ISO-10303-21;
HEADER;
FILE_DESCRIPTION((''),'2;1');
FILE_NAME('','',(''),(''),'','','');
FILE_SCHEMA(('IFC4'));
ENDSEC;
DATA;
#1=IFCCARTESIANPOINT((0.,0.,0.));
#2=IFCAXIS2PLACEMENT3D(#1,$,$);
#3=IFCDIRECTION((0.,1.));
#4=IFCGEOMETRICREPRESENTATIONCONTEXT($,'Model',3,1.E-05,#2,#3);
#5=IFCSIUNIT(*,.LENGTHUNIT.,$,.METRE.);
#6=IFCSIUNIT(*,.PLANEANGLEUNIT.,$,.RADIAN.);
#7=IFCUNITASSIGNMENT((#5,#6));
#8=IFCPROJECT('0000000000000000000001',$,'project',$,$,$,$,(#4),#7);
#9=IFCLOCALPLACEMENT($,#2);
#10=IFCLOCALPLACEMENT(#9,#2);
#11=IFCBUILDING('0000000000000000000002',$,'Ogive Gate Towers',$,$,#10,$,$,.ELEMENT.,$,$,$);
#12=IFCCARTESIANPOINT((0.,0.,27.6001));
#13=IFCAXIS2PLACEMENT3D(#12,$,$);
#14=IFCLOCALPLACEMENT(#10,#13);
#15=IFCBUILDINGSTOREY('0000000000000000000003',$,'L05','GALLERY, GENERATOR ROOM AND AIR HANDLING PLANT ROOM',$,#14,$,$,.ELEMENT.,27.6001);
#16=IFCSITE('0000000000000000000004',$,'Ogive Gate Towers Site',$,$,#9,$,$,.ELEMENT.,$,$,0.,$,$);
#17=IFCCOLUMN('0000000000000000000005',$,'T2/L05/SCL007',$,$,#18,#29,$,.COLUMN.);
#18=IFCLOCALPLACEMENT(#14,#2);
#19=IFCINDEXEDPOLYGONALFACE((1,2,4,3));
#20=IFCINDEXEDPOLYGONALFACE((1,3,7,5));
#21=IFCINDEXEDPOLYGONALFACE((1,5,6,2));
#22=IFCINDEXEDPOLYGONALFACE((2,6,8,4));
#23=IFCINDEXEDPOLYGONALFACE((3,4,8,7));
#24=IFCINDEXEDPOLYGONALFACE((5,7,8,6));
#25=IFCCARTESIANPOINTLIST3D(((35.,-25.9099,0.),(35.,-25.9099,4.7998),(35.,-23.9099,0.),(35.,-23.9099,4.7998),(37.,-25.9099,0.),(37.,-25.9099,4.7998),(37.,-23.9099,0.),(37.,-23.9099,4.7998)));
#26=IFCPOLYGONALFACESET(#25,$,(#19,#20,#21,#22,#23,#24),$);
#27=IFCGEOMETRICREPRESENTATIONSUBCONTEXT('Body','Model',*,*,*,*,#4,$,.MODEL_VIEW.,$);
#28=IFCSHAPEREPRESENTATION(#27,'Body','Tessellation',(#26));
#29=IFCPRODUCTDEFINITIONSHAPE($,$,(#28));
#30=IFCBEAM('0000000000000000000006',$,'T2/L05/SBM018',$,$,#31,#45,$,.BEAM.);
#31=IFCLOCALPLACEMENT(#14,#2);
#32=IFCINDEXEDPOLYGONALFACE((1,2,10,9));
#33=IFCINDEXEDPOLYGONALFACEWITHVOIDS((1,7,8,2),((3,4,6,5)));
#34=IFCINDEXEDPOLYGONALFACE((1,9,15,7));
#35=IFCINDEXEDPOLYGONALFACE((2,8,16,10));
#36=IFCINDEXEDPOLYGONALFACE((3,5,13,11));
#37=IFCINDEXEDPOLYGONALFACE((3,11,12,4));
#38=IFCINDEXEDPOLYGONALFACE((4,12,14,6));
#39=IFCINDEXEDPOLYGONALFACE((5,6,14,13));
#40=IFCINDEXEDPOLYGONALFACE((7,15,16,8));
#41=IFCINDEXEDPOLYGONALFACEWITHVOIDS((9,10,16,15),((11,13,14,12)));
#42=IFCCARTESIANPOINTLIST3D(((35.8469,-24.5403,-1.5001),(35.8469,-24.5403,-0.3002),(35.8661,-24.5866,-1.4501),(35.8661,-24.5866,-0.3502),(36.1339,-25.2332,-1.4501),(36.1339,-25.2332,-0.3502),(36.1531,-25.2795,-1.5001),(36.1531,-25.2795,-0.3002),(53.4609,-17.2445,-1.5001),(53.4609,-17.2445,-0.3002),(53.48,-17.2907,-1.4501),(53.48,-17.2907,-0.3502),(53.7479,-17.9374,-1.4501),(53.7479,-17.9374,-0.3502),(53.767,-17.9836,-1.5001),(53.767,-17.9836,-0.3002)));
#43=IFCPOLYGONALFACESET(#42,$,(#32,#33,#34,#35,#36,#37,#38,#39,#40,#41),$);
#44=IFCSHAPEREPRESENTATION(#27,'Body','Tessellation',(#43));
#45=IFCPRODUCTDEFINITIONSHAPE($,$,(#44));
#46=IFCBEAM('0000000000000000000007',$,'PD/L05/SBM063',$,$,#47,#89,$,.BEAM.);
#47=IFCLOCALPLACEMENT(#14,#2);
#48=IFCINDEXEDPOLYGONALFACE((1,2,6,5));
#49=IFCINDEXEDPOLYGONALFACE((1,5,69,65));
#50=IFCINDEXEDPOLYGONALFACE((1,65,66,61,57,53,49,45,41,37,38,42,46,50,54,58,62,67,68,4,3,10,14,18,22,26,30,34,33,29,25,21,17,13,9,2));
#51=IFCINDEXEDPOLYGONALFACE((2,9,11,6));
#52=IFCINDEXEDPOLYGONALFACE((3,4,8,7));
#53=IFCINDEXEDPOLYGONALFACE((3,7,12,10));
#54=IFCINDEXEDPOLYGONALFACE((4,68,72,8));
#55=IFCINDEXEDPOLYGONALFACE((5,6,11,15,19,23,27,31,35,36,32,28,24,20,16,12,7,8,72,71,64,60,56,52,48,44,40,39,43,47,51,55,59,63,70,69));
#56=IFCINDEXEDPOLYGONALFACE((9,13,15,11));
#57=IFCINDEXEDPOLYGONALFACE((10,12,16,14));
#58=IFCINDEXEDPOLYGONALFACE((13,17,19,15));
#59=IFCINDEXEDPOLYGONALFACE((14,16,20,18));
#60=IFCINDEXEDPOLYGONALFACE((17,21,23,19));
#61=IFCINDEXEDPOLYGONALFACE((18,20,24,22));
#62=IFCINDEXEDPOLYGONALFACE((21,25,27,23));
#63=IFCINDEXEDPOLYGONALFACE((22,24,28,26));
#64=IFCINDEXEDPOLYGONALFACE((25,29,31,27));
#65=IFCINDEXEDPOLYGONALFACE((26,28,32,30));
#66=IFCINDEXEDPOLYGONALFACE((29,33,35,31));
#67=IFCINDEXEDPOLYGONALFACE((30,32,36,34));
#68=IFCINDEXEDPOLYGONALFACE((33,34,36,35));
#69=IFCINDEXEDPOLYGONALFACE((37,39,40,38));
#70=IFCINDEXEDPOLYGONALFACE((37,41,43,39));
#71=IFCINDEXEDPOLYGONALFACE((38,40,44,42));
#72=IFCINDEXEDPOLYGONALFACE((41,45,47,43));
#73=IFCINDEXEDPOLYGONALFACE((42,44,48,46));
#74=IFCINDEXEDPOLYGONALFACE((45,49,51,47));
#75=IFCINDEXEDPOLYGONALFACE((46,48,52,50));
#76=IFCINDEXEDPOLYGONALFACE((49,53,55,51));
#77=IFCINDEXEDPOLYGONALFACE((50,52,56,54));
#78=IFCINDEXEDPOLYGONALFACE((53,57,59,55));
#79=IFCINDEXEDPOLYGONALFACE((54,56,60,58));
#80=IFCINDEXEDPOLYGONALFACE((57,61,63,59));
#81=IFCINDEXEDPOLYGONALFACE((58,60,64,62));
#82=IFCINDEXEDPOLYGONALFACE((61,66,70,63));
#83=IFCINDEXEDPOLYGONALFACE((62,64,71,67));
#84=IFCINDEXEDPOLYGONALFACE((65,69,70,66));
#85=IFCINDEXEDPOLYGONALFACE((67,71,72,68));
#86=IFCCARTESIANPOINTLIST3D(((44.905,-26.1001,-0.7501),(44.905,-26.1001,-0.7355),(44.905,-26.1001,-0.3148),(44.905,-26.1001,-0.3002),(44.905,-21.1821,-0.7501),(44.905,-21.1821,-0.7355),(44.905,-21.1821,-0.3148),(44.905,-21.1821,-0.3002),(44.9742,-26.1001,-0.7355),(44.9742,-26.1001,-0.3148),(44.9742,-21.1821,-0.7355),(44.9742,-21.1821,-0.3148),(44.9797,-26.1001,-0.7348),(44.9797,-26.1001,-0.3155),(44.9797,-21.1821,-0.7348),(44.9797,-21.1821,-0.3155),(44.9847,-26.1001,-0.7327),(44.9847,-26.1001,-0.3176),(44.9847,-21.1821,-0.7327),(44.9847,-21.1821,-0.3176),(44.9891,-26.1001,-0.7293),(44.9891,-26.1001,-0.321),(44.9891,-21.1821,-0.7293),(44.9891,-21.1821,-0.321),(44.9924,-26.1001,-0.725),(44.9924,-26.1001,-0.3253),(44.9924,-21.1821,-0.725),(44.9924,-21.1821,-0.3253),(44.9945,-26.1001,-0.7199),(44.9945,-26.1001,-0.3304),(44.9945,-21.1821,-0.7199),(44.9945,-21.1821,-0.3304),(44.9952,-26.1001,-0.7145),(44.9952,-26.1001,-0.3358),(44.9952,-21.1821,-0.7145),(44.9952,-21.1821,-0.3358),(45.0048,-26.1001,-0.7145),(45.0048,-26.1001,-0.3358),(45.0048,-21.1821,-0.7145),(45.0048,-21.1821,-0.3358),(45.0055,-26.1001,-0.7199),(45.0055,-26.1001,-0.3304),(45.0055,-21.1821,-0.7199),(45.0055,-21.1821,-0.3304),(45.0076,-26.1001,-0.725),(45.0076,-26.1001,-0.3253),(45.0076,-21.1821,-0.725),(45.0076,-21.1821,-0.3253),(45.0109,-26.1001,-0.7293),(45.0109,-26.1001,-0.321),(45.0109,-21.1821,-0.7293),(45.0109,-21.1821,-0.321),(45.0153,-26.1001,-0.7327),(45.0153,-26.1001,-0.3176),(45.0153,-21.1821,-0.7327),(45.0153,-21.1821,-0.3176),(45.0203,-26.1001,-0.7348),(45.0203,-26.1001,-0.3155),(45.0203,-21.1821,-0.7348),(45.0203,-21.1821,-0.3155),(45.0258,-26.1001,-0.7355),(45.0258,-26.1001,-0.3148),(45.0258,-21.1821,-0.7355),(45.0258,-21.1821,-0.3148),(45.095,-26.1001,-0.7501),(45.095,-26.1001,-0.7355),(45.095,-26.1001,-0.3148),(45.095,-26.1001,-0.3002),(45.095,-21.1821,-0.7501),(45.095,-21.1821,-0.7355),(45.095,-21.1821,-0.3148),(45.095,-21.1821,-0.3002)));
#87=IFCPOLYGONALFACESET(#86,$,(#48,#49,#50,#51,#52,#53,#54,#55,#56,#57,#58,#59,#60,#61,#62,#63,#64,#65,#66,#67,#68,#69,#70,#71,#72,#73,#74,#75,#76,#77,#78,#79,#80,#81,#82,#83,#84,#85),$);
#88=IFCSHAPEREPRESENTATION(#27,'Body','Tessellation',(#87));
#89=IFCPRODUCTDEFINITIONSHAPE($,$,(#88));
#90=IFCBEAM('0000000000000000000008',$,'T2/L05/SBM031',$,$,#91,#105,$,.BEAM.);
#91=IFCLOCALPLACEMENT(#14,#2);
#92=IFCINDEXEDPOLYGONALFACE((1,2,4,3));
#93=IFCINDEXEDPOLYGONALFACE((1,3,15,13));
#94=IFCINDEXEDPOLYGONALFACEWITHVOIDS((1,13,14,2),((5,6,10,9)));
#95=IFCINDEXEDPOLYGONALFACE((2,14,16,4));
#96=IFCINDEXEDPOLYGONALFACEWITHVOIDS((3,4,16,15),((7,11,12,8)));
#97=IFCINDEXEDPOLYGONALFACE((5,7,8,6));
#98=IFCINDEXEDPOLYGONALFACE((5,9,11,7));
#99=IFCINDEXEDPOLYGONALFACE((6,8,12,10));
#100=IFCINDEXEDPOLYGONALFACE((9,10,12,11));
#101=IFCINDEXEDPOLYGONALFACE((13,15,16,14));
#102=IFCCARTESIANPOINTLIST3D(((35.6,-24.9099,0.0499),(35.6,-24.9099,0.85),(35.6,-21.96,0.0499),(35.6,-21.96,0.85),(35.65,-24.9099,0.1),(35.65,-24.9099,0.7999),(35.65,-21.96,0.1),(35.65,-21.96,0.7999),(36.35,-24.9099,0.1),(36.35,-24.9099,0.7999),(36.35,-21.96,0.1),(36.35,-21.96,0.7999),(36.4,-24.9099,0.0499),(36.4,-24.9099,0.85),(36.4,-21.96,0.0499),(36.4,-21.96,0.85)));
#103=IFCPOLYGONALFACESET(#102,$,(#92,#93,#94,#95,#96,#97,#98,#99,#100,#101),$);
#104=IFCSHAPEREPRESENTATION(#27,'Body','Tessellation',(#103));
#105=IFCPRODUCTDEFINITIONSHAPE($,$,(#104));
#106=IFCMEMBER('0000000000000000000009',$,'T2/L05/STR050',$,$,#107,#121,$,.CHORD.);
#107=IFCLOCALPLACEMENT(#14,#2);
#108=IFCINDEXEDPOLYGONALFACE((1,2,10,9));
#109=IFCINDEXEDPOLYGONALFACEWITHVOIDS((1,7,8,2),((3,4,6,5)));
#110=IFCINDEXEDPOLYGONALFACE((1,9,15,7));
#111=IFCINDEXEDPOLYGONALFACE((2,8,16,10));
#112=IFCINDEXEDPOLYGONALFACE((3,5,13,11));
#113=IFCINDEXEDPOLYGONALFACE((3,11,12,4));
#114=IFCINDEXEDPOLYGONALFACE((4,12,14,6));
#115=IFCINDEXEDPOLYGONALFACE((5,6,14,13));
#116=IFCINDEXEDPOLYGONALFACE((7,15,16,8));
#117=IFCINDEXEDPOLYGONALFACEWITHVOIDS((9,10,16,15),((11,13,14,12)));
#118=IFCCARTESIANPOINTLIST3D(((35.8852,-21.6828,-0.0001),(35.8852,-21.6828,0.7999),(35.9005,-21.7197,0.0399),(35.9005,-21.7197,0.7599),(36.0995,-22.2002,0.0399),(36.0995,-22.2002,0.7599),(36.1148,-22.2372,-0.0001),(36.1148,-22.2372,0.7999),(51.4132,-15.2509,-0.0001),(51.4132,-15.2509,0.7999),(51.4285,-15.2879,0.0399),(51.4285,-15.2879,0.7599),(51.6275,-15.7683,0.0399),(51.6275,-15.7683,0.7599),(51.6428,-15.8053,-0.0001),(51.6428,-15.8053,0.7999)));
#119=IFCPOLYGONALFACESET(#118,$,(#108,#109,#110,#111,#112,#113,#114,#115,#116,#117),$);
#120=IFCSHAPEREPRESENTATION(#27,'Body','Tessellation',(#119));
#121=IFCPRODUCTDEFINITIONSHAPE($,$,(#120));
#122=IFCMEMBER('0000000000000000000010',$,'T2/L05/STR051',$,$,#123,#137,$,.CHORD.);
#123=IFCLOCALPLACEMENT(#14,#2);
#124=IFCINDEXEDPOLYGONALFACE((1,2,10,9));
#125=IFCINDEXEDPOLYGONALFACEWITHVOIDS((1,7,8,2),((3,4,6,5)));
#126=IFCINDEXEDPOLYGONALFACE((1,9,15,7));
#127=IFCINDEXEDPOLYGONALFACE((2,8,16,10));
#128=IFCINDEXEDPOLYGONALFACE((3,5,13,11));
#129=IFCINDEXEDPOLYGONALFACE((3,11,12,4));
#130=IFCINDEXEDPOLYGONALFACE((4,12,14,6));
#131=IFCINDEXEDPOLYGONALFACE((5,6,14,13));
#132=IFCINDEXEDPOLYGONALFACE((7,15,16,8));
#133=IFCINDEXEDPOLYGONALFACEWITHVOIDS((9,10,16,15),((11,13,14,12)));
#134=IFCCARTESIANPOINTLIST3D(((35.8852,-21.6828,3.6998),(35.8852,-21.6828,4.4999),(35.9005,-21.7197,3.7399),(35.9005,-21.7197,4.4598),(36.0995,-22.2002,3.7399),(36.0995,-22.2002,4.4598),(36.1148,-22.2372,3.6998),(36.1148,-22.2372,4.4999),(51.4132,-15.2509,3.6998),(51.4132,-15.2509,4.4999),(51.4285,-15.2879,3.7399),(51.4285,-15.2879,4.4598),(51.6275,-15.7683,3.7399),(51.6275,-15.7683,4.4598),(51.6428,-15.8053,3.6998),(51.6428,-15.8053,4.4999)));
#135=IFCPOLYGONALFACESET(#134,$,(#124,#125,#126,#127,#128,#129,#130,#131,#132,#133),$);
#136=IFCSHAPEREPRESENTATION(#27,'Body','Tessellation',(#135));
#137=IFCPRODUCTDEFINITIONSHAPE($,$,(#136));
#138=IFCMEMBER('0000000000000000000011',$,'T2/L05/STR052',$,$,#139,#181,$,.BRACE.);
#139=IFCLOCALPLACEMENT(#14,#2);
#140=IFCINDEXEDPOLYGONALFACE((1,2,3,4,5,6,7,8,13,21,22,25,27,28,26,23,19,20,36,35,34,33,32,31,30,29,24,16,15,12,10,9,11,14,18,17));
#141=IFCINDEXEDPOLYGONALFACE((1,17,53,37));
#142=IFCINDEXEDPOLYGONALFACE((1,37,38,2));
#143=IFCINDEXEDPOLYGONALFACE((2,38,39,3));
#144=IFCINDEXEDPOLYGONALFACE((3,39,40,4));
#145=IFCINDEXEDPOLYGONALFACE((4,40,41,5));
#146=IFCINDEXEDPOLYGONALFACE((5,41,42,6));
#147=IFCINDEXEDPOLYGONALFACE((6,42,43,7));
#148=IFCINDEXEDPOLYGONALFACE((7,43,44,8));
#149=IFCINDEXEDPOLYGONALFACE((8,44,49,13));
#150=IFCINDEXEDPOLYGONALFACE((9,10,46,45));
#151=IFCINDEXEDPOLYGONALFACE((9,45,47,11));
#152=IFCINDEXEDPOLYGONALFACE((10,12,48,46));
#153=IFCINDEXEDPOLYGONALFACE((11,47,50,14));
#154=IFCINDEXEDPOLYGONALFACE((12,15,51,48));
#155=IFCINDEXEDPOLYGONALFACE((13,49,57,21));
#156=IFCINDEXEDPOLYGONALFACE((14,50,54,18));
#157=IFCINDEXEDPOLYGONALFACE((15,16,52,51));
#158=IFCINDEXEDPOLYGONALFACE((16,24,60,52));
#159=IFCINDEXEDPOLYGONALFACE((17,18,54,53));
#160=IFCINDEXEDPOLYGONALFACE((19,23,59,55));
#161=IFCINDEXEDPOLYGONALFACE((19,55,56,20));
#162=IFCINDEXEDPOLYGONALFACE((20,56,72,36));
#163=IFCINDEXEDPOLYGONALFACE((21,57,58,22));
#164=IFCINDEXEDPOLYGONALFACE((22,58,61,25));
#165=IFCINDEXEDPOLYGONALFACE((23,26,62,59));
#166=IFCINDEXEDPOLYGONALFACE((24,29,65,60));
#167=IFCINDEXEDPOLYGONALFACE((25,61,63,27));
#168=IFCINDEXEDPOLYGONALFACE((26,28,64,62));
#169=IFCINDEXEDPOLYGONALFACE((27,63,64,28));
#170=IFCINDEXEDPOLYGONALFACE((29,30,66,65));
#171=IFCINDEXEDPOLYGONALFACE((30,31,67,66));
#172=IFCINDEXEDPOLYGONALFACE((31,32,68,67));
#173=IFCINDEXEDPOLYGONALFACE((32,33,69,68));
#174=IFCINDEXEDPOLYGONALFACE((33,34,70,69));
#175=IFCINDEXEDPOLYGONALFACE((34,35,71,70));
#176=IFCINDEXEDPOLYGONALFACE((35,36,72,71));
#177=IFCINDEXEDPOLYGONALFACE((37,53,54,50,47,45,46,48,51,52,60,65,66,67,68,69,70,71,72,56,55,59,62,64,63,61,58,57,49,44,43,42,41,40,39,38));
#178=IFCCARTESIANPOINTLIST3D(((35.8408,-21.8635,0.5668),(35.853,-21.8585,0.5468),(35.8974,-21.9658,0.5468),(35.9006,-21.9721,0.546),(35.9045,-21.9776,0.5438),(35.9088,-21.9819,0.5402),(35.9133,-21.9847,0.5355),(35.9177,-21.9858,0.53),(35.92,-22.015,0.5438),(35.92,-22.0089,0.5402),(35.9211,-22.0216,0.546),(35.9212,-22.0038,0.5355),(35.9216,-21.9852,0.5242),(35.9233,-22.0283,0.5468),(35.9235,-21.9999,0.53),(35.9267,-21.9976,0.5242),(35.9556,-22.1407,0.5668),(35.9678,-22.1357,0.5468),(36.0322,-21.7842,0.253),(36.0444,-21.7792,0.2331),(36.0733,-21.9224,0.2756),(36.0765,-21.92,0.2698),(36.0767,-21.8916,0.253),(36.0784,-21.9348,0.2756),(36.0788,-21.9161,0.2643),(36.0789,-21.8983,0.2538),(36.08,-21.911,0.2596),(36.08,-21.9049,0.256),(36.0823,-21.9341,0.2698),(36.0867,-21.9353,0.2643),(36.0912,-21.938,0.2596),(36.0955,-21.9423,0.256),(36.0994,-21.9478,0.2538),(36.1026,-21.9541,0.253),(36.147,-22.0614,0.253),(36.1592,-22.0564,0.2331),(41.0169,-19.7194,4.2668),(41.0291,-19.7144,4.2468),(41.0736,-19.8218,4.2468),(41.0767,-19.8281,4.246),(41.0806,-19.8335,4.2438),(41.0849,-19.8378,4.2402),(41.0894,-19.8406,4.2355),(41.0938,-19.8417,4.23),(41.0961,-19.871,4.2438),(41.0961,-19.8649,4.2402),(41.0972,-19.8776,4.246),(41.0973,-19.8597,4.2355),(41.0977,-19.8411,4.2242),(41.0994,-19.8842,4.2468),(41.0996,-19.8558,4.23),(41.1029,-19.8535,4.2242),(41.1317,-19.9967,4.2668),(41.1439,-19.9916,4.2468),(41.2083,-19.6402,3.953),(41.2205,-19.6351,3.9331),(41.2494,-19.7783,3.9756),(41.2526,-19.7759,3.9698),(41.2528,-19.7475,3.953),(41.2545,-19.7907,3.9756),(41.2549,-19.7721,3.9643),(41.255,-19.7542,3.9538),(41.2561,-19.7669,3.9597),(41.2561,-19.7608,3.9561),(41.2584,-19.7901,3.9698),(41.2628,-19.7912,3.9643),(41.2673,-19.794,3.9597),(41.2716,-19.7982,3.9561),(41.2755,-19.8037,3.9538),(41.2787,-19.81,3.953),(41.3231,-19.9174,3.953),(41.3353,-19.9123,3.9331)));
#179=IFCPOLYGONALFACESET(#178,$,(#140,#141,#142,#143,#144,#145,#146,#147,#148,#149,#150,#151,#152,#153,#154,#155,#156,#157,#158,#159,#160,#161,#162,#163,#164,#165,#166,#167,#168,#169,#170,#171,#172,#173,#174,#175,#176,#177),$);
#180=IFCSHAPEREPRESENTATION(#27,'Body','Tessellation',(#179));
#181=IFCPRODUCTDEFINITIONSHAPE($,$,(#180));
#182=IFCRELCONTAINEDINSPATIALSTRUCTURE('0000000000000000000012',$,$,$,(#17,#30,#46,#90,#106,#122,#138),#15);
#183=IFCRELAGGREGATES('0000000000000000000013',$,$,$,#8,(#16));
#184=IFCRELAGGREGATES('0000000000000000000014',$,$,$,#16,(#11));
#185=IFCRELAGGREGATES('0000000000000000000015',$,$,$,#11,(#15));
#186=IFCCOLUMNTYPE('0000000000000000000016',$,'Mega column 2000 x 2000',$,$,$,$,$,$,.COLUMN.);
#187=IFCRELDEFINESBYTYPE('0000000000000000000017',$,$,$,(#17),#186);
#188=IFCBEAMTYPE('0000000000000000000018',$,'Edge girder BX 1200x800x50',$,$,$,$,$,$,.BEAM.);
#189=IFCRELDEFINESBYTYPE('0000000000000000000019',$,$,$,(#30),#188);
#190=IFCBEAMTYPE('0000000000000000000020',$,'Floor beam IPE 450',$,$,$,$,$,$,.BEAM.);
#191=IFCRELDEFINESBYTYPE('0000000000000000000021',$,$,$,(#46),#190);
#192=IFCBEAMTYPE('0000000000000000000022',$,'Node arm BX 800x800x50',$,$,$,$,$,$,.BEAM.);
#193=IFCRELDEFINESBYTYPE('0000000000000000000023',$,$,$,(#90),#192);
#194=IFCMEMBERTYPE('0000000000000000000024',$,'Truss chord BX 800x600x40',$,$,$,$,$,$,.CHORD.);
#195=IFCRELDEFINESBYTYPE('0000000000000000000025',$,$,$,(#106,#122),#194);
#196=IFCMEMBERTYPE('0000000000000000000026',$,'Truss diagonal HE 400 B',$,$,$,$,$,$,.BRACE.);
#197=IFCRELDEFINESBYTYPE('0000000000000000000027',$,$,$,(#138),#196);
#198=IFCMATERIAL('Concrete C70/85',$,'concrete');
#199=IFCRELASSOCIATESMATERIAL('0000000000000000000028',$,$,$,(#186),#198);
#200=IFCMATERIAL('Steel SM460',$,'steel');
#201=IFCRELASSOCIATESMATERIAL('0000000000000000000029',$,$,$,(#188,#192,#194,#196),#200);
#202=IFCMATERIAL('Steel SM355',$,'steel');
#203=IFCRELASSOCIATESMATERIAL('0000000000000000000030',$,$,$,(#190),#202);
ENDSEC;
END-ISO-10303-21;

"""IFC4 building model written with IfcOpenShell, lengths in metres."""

from ifc_helpers import new_model, si_unit, direction, frame, origin, origin_2d, place, context, subcontext, project, spatial, rectangle, hollow_rectangle, i_section, extrude, material, material_profile, profile_set, type_object, element, save


model = new_model("IFC4")

# Units and contexts
model_context = context("Model", 3, precision=1e-05, world=origin(), true_north=direction((0.0, 1.0)))
body_context = subcontext(model_context, "Body", "Model", "MODEL_VIEW")
ifc_project = project(units=[si_unit("LENGTHUNIT", "METRE"), si_unit("PLANEANGLEUNIT", "RADIAN")], contexts=[model_context])

# Site, building, storey
site_placement = place(None, origin())
site = spatial("IfcSite", under=ifc_project, at=site_placement, Name="Ogive Gate Towers Site", CompositionType="ELEMENT", RefElevation=0.0)
building_placement = place(site_placement, origin())
building = spatial("IfcBuilding", under=site, at=building_placement, Name="Ogive Gate Towers", CompositionType="ELEMENT")
storey_placement = place(building_placement, frame((0.0, 0.0, 27.6001)))
storey = spatial("IfcBuildingStorey", under=building, at=storey_placement, Name="L05", Description="GALLERY, GENERATOR ROOM AND AIR HANDLING PLANT ROOM", CompositionType="ELEMENT", Elevation=27.6001)

# Column
ifc_material_1 = material(Name="Concrete C70/85", Category="concrete")
ifc_material_profile_1 = material_profile(ifc_material_1, rectangle(XDim=2.0, YDim=2.0, at=origin_2d()), Name="RC 2000x2000")
ifc_profile_set_1 = profile_set([ifc_material_profile_1], Name="Concrete C70/85")
column_type = type_object("IfcColumnType", Name="Mega column 2000 x 2000", PredefinedType="COLUMN", material=ifc_profile_set_1)
column_placement = place(storey_placement, frame((36.0, -24.9099, 0.0), z_axis=(0.0, 0.0, 1.0), x_axis=(0.0, -1.0, 0.0)))
element("IfcColumn", 1, at=column_placement, inside=storey, type_object=column_type, Name="T2/L05/SCL007", PredefinedType="COLUMN", context=body_context, shape_type="SweptSolid", body=[
    extrude(rectangle(XDim=2.0, YDim=2.0, at=origin_2d()), origin(), (0.0, 0.0, 1.0), 4.7998),
])

# Beams
ifc_material_2 = material(Name="Steel SM460", Category="steel")
ifc_material_profile_2 = material_profile(ifc_material_2, hollow_rectangle(XDim=0.8, YDim=1.2, WallThickness=0.05, at=origin_2d()), Name="BX 1200x800x50")
ifc_profile_set_2 = profile_set([ifc_material_profile_2], Name="Steel SM460")
beam_type_1 = type_object("IfcBeamType", Name="Edge girder BX 1200x800x50", PredefinedType="BEAM", material=ifc_profile_set_2)
beam_1_placement = place(storey_placement, frame((36.0, -24.9099, -0.9001), z_axis=(0.923881, 0.382681, 0.0), x_axis=(-0.382681, 0.923881, 0.0)))
element("IfcBeam", 2, at=beam_1_placement, inside=storey, type_object=beam_type_1, Name="T2/L05/SBM018", PredefinedType="BEAM", context=body_context, shape_type="SweptSolid", body=[
    extrude(hollow_rectangle(XDim=0.8, YDim=1.2, WallThickness=0.05, at=origin_2d()), origin(), (0.0, 0.0, 1.0), 19.0652),
])
ifc_material_3 = material(Name="Steel SM355", Category="steel")
ifc_material_profile_3 = material_profile(ifc_material_3, i_section(OverallWidth=0.1899, OverallDepth=0.45, WebThickness=0.0095, FlangeThickness=0.0146, FilletRadius=0.021, at=origin_2d()), Name="IPE 450")
ifc_profile_set_3 = profile_set([ifc_material_profile_3], Name="Steel SM355")
beam_type_2 = type_object("IfcBeamType", Name="Floor beam IPE 450", PredefinedType="BEAM", material=ifc_profile_set_3)
beam_2_placement = place(storey_placement, frame((45.0, -26.1001, -0.5251), z_axis=(0.0, 1.0, 0.0), x_axis=(-1.0, 0.0, 0.0)))
element("IfcBeam", 3, at=beam_2_placement, inside=storey, type_object=beam_type_2, Name="PD/L05/SBM063", PredefinedType="BEAM", context=body_context, shape_type="SweptSolid", body=[
    extrude(i_section(OverallWidth=0.1899, OverallDepth=0.45, WebThickness=0.0095, FlangeThickness=0.0146, FilletRadius=0.021, at=origin_2d()), origin(), (0.0, 0.0, 1.0), 4.918),
])
ifc_material_profile_4 = material_profile(ifc_material_2, hollow_rectangle(XDim=0.8, YDim=0.8, WallThickness=0.05, at=origin_2d()), Name="BX 800x800x50")
ifc_profile_set_4 = profile_set([ifc_material_profile_4], Name="Steel SM460")
beam_type_3 = type_object("IfcBeamType", Name="Node arm BX 800x800x50", PredefinedType="BEAM", material=ifc_profile_set_4)
beam_3_placement = place(storey_placement, frame((36.0, -21.96, 0.45), z_axis=(0.0, -1.0, 0.0), x_axis=(1.0, 0.0, 0.0)))
element("IfcBeam", 4, at=beam_3_placement, inside=storey, type_object=beam_type_3, Name="T2/L05/SBM031", PredefinedType="BEAM", context=body_context, shape_type="SweptSolid", body=[
    extrude(hollow_rectangle(XDim=0.8, YDim=0.8, WallThickness=0.05, at=origin_2d()), origin(), (0.0, 0.0, 1.0), 2.95),
])

# Members
ifc_material_profile_5 = material_profile(ifc_material_2, hollow_rectangle(XDim=0.6001, YDim=0.8, WallThickness=0.04, at=origin_2d()), Name="BX 800x600x40")
ifc_profile_set_5 = profile_set([ifc_material_profile_5], Name="Steel SM460")
member_type_1 = type_object("IfcMemberType", Name="Truss chord BX 800x600x40", PredefinedType="CHORD", material=ifc_profile_set_5)
for number, where, z_axis, x_axis, name in (
    (5, (36.0, -21.96, 0.3999), (0.923881, 0.382681, 0.0), (-0.382681, 0.923881, 0.0), "T2/L05/STR050"),
    (6, (36.0, -21.96, 4.0999), (0.923881, 0.382681, 0.0), (-0.382681, 0.923881, 0.0), "T2/L05/STR051"),
):
    element("IfcMember", number, at=place(storey_placement, frame(where, z_axis=z_axis, x_axis=x_axis)), inside=storey, type_object=member_type_1, Name=name, PredefinedType="CHORD", context=body_context, shape_type="SweptSolid", body=[
        extrude(hollow_rectangle(XDim=0.6001, YDim=0.8, WallThickness=0.04, at=origin_2d()), origin(), (0.0, 0.0, 1.0), 16.8074),
    ])
ifc_material_profile_6 = material_profile(ifc_material_2, i_section(OverallWidth=0.3, OverallDepth=0.3999, WebThickness=0.0134, FlangeThickness=0.0239, FilletRadius=0.0271, at=origin_2d()), Name="HE 400 B")
ifc_profile_set_6 = profile_set([ifc_material_profile_6], Name="Steel SM460")
member_type_2 = type_object("IfcMemberType", Name="Truss diagonal HE 400 B", PredefinedType="BRACE", material=ifc_profile_set_6)
member_1_placement = place(storey_placement, frame((36.0, -21.96, 0.3999), z_axis=(0.77093, 0.319339, 0.55108), x_axis=(-0.382693, 0.923876, 0.0)))
element("IfcMember", 7, at=member_1_placement, inside=storey, type_object=member_type_2, Name="T2/L05/STR052", PredefinedType="BRACE", context=body_context, shape_type="SweptSolid", body=[
    extrude(i_section(OverallWidth=0.3, OverallDepth=0.3999, WebThickness=0.0134, FlangeThickness=0.0239, FilletRadius=0.0271, at=origin_2d()), origin(), (0.0, 0.0, 1.0), 6.7141),
])

save(model, "model.ifc")
